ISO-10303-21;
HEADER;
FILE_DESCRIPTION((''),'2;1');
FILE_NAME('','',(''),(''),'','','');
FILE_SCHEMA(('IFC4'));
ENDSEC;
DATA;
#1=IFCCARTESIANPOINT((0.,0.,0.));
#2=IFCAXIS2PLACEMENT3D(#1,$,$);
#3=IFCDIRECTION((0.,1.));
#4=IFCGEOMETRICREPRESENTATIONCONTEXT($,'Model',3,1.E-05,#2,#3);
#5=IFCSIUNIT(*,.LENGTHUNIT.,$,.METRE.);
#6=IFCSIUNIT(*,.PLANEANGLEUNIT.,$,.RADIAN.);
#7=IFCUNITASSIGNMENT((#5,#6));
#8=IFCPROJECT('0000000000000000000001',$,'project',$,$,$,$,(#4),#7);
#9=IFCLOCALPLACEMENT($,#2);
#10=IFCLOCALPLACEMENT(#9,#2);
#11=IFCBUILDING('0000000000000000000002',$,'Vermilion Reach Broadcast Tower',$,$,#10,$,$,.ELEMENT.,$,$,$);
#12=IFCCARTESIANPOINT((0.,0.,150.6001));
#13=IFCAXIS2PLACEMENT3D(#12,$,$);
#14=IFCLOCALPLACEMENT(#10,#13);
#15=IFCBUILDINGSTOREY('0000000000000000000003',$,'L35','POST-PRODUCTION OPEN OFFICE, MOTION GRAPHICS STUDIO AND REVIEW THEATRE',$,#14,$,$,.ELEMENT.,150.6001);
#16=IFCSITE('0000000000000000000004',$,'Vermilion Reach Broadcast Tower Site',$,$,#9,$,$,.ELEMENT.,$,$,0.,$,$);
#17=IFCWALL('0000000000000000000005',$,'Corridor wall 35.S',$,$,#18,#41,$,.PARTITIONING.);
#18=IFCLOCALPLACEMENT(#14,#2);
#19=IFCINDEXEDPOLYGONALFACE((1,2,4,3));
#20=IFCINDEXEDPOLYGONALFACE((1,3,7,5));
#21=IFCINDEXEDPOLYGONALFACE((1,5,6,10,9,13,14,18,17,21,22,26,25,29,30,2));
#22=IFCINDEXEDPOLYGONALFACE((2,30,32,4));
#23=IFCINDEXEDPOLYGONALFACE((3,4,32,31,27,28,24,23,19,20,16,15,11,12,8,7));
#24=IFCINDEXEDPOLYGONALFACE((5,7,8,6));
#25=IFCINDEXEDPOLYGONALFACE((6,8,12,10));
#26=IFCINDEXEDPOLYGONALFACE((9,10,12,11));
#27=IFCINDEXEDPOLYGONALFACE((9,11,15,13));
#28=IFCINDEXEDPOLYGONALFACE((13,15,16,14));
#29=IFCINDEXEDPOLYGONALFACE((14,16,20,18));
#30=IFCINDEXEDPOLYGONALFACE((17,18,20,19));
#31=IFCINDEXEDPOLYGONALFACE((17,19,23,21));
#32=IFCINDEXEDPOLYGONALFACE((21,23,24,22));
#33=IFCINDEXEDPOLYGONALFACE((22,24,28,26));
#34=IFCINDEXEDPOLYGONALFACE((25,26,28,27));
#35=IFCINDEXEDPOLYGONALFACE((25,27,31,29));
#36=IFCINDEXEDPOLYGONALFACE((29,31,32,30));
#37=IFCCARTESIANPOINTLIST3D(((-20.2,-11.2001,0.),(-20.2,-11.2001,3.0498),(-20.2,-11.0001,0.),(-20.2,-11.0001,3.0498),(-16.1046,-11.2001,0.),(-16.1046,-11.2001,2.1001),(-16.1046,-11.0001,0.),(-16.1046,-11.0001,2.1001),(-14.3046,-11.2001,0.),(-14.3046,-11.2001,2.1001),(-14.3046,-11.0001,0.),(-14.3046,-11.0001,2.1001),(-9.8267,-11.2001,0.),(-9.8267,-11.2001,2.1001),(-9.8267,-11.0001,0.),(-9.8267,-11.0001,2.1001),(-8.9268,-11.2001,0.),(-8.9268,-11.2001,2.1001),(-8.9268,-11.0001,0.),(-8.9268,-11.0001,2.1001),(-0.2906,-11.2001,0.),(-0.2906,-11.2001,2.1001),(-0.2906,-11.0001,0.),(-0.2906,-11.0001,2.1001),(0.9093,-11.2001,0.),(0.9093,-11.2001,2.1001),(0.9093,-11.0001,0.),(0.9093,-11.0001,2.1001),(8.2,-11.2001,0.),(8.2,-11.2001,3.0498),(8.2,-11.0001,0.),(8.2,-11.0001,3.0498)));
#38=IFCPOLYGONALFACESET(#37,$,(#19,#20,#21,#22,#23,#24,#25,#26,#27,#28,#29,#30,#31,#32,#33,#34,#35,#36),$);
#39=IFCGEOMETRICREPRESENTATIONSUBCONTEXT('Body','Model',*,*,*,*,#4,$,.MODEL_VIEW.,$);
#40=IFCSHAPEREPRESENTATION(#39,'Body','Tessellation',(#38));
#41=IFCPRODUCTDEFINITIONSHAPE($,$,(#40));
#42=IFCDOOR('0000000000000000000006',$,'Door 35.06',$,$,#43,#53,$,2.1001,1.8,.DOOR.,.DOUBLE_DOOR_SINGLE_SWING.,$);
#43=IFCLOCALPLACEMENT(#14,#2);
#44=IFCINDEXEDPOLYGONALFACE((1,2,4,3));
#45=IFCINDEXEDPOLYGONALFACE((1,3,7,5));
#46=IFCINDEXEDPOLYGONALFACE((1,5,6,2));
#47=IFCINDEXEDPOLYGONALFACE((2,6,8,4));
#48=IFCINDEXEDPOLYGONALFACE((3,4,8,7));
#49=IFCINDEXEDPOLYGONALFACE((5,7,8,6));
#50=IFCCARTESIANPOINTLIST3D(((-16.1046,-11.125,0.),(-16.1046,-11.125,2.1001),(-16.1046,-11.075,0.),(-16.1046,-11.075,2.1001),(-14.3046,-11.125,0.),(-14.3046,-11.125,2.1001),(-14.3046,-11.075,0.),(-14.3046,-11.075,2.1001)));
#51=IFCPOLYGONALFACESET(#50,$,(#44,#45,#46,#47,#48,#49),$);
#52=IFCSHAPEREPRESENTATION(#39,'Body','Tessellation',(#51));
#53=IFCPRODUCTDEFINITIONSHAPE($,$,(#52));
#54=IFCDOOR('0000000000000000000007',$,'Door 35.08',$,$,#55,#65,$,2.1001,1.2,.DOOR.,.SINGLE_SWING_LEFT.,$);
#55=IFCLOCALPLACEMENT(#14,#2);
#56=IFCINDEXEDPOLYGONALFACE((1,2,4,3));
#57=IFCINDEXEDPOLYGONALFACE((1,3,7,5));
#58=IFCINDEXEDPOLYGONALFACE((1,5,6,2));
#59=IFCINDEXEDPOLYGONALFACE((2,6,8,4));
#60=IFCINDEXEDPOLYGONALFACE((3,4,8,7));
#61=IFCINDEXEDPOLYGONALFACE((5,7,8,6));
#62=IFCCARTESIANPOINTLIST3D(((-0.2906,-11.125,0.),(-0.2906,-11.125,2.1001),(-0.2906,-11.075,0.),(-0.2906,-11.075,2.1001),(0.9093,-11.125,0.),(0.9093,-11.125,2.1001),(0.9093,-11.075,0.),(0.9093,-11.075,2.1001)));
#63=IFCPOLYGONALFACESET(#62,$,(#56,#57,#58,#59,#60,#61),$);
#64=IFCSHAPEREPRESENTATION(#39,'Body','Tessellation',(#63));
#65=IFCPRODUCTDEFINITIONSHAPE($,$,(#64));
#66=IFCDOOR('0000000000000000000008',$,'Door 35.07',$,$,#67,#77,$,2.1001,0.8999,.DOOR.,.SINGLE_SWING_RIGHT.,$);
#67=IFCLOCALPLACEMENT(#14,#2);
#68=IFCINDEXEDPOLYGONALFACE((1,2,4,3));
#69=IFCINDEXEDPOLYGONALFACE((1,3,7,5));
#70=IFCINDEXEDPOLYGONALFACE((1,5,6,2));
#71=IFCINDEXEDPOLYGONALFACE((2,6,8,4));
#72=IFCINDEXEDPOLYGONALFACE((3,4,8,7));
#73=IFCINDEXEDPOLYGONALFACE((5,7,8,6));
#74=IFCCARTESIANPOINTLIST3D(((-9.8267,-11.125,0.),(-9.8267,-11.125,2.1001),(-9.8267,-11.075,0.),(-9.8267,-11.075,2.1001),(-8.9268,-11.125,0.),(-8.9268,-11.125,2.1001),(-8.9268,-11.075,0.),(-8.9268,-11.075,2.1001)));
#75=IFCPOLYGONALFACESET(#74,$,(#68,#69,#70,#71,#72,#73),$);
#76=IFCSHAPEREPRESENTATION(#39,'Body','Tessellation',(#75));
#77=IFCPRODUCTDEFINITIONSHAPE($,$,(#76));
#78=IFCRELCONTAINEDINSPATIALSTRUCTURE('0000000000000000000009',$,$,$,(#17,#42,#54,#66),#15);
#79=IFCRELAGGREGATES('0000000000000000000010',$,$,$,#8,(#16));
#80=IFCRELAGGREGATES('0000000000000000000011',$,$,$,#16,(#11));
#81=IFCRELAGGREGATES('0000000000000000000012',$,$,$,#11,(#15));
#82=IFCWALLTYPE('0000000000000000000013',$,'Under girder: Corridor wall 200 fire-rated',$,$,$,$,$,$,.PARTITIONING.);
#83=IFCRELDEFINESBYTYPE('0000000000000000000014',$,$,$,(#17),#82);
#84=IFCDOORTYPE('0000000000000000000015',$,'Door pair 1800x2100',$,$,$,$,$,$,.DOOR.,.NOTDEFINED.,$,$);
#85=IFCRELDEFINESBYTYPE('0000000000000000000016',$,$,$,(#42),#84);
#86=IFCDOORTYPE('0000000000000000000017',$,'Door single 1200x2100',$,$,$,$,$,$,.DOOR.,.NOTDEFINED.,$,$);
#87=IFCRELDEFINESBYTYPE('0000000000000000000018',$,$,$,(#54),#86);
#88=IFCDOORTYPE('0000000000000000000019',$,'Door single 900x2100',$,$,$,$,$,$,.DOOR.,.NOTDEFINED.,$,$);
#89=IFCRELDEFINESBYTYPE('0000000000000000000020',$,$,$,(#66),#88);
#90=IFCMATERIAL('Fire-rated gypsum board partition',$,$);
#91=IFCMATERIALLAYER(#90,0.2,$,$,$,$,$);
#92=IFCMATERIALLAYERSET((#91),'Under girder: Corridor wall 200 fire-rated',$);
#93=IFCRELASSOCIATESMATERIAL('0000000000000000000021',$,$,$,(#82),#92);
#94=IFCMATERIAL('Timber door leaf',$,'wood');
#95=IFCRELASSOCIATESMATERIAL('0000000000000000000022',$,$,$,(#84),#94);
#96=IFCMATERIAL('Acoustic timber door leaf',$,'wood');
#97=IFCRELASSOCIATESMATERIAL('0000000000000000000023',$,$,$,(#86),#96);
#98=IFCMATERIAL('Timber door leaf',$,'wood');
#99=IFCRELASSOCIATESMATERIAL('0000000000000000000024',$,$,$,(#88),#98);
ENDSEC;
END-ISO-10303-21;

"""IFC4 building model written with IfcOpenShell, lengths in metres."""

from ifc_helpers import new_model, si_unit, direction, frame, frame_2d, origin, place, context, subcontext, project, spatial, rectangle, extrude, material, layer, layer_set, type_object, element, fill, save


model = new_model("IFC4")

# Units and contexts
model_context = context("Model", 3, precision=1e-05, world=origin(), true_north=direction((0.0, 1.0)))
body_context = subcontext(model_context, "Body", "Model", "MODEL_VIEW")
ifc_project = project(units=[si_unit("LENGTHUNIT", "METRE"), si_unit("PLANEANGLEUNIT", "RADIAN")], contexts=[model_context])

# Site, building, storey
site_placement = place(None, origin())
site = spatial("IfcSite", under=ifc_project, at=site_placement, Name="Vermilion Reach Broadcast Tower Site", CompositionType="ELEMENT", RefElevation=0.0)
building_placement = place(site_placement, origin())
building = spatial("IfcBuilding", under=site, at=building_placement, Name="Vermilion Reach Broadcast Tower", CompositionType="ELEMENT")
storey_placement = place(building_placement, frame((0.0, 0.0, 150.6001)))
storey = spatial("IfcBuildingStorey", under=building, at=storey_placement, Name="L35", Description="POST-PRODUCTION OPEN OFFICE, MOTION GRAPHICS STUDIO AND REVIEW THEATRE", CompositionType="ELEMENT", Elevation=150.6001)

# Wall, openings, doors
ifc_material_1 = material(Name="Fire-rated gypsum board partition")
ifc_layer_1 = layer(ifc_material_1, 0.2)
ifc_layer_set_1 = layer_set([ifc_layer_1], Name="Under girder: Corridor wall 200 fire-rated")
wall_type_1 = type_object("IfcWallType", Name="Under girder: Corridor wall 200 fire-rated", PredefinedType="PARTITIONING", material=ifc_layer_set_1)
wall_1_placement = place(storey_placement, frame((8.2, -11.1001, 0.0), z_axis=(0.0, 0.0, 1.0), x_axis=(-1.0, 0.0, 0.0)))
wall_1 = element("IfcWall", 1, at=wall_1_placement, inside=storey, type_object=wall_type_1, Name="Corridor wall 35.S", PredefinedType="PARTITIONING", context=body_context, shape_type="SweptSolid", body=[
    extrude(rectangle(XDim=28.3999, YDim=0.2, at=frame_2d((14.2, 0.0))), origin(), (0.0, 0.0, 1.0), 3.0498),
])
opening_1_placement = place(wall_1_placement, frame((22.5046, 0.0, 0.0)))
opening_1 = element("IfcOpeningElement", 2, at=opening_1_placement, cuts=wall_1, PredefinedType="OPENING", context=body_context, shape_type="SweptSolid", body=[
    extrude(rectangle(XDim=1.8, YDim=2.1001, at=frame_2d((0.8999, 1.05))), frame((0.0, 0.1099, 0.0), z_axis=(0.0, -1.0, 0.0), x_axis=(1.0, 0.0, 0.0)), (0.0, 0.0, 1.0), 0.22),
])
opening_2_placement = place(wall_1_placement, frame((17.1267, 0.0, 0.0)))
opening_2 = element("IfcOpeningElement", 3, at=opening_2_placement, cuts=wall_1, PredefinedType="OPENING", context=body_context, shape_type="SweptSolid", body=[
    extrude(rectangle(XDim=0.8999, YDim=2.1001, at=frame_2d((0.45, 1.05))), frame((0.0, 0.1099, 0.0), z_axis=(0.0, -1.0, 0.0), x_axis=(1.0, 0.0, 0.0)), (0.0, 0.0, 1.0), 0.22),
])
opening_3_placement = place(wall_1_placement, frame((7.2905, 0.0, 0.0)))
opening_3 = element("IfcOpeningElement", 4, at=opening_3_placement, cuts=wall_1, PredefinedType="OPENING", context=body_context, shape_type="SweptSolid", body=[
    extrude(rectangle(XDim=1.2, YDim=2.1001, at=frame_2d((0.6001, 1.05))), frame((0.0, 0.1099, 0.0), z_axis=(0.0, -1.0, 0.0), x_axis=(1.0, 0.0, 0.0)), (0.0, 0.0, 1.0), 0.22),
])
ifc_material_2 = material(Name="Timber door leaf", Category="wood")
door_type_1 = type_object("IfcDoorType", Name="Door pair 1800x2100", OperationType="NOTDEFINED", PredefinedType="DOOR", material=ifc_material_2)
door_1_placement = place(opening_1_placement, origin())
door_1 = element("IfcDoor", 5, at=door_1_placement, inside=storey, type_object=door_type_1, Name="Door 35.06", OperationType="DOUBLE_DOOR_SINGLE_SWING", OverallHeight=2.1001, OverallWidth=1.8, PredefinedType="DOOR", context=body_context, shape_type="SweptSolid", body=[
    extrude(rectangle(XDim=1.8, YDim=2.1001, at=frame_2d((0.8999, 1.05))), frame((0.0, 0.0249, 0.0), z_axis=(0.0, -1.0, 0.0), x_axis=(1.0, 0.0, 0.0)), (0.0, 0.0, 1.0), 0.05),
])
fill(opening_1, door_1)
ifc_material_3 = material(Name="Acoustic timber door leaf", Category="wood")
door_type_2 = type_object("IfcDoorType", Name="Door single 1200x2100", OperationType="NOTDEFINED", PredefinedType="DOOR", material=ifc_material_3)
door_2_placement = place(opening_3_placement, origin())
door_2 = element("IfcDoor", 6, at=door_2_placement, inside=storey, type_object=door_type_2, Name="Door 35.08", OperationType="SINGLE_SWING_LEFT", OverallHeight=2.1001, OverallWidth=1.2, PredefinedType="DOOR", context=body_context, shape_type="SweptSolid", body=[
    extrude(rectangle(XDim=1.2, YDim=2.1001, at=frame_2d((0.6001, 1.05))), frame((0.0, 0.0249, 0.0), z_axis=(0.0, -1.0, 0.0), x_axis=(1.0, 0.0, 0.0)), (0.0, 0.0, 1.0), 0.05),
])
fill(opening_3, door_2)
ifc_material_4 = material(Name="Timber door leaf", Category="wood")
door_type_3 = type_object("IfcDoorType", Name="Door single 900x2100", OperationType="NOTDEFINED", PredefinedType="DOOR", material=ifc_material_4)
door_3_placement = place(opening_2_placement, origin())
door_3 = element("IfcDoor", 7, at=door_3_placement, inside=storey, type_object=door_type_3, Name="Door 35.07", OperationType="SINGLE_SWING_RIGHT", OverallHeight=2.1001, OverallWidth=0.8999, PredefinedType="DOOR", context=body_context, shape_type="SweptSolid", body=[
    extrude(rectangle(XDim=0.8999, YDim=2.1001, at=frame_2d((0.45, 1.05))), frame((0.0, 0.0249, 0.0), z_axis=(0.0, -1.0, 0.0), x_axis=(1.0, 0.0, 0.0)), (0.0, 0.0, 1.0), 0.05),
])
fill(opening_2, door_3)

save(model, "model.ifc")
